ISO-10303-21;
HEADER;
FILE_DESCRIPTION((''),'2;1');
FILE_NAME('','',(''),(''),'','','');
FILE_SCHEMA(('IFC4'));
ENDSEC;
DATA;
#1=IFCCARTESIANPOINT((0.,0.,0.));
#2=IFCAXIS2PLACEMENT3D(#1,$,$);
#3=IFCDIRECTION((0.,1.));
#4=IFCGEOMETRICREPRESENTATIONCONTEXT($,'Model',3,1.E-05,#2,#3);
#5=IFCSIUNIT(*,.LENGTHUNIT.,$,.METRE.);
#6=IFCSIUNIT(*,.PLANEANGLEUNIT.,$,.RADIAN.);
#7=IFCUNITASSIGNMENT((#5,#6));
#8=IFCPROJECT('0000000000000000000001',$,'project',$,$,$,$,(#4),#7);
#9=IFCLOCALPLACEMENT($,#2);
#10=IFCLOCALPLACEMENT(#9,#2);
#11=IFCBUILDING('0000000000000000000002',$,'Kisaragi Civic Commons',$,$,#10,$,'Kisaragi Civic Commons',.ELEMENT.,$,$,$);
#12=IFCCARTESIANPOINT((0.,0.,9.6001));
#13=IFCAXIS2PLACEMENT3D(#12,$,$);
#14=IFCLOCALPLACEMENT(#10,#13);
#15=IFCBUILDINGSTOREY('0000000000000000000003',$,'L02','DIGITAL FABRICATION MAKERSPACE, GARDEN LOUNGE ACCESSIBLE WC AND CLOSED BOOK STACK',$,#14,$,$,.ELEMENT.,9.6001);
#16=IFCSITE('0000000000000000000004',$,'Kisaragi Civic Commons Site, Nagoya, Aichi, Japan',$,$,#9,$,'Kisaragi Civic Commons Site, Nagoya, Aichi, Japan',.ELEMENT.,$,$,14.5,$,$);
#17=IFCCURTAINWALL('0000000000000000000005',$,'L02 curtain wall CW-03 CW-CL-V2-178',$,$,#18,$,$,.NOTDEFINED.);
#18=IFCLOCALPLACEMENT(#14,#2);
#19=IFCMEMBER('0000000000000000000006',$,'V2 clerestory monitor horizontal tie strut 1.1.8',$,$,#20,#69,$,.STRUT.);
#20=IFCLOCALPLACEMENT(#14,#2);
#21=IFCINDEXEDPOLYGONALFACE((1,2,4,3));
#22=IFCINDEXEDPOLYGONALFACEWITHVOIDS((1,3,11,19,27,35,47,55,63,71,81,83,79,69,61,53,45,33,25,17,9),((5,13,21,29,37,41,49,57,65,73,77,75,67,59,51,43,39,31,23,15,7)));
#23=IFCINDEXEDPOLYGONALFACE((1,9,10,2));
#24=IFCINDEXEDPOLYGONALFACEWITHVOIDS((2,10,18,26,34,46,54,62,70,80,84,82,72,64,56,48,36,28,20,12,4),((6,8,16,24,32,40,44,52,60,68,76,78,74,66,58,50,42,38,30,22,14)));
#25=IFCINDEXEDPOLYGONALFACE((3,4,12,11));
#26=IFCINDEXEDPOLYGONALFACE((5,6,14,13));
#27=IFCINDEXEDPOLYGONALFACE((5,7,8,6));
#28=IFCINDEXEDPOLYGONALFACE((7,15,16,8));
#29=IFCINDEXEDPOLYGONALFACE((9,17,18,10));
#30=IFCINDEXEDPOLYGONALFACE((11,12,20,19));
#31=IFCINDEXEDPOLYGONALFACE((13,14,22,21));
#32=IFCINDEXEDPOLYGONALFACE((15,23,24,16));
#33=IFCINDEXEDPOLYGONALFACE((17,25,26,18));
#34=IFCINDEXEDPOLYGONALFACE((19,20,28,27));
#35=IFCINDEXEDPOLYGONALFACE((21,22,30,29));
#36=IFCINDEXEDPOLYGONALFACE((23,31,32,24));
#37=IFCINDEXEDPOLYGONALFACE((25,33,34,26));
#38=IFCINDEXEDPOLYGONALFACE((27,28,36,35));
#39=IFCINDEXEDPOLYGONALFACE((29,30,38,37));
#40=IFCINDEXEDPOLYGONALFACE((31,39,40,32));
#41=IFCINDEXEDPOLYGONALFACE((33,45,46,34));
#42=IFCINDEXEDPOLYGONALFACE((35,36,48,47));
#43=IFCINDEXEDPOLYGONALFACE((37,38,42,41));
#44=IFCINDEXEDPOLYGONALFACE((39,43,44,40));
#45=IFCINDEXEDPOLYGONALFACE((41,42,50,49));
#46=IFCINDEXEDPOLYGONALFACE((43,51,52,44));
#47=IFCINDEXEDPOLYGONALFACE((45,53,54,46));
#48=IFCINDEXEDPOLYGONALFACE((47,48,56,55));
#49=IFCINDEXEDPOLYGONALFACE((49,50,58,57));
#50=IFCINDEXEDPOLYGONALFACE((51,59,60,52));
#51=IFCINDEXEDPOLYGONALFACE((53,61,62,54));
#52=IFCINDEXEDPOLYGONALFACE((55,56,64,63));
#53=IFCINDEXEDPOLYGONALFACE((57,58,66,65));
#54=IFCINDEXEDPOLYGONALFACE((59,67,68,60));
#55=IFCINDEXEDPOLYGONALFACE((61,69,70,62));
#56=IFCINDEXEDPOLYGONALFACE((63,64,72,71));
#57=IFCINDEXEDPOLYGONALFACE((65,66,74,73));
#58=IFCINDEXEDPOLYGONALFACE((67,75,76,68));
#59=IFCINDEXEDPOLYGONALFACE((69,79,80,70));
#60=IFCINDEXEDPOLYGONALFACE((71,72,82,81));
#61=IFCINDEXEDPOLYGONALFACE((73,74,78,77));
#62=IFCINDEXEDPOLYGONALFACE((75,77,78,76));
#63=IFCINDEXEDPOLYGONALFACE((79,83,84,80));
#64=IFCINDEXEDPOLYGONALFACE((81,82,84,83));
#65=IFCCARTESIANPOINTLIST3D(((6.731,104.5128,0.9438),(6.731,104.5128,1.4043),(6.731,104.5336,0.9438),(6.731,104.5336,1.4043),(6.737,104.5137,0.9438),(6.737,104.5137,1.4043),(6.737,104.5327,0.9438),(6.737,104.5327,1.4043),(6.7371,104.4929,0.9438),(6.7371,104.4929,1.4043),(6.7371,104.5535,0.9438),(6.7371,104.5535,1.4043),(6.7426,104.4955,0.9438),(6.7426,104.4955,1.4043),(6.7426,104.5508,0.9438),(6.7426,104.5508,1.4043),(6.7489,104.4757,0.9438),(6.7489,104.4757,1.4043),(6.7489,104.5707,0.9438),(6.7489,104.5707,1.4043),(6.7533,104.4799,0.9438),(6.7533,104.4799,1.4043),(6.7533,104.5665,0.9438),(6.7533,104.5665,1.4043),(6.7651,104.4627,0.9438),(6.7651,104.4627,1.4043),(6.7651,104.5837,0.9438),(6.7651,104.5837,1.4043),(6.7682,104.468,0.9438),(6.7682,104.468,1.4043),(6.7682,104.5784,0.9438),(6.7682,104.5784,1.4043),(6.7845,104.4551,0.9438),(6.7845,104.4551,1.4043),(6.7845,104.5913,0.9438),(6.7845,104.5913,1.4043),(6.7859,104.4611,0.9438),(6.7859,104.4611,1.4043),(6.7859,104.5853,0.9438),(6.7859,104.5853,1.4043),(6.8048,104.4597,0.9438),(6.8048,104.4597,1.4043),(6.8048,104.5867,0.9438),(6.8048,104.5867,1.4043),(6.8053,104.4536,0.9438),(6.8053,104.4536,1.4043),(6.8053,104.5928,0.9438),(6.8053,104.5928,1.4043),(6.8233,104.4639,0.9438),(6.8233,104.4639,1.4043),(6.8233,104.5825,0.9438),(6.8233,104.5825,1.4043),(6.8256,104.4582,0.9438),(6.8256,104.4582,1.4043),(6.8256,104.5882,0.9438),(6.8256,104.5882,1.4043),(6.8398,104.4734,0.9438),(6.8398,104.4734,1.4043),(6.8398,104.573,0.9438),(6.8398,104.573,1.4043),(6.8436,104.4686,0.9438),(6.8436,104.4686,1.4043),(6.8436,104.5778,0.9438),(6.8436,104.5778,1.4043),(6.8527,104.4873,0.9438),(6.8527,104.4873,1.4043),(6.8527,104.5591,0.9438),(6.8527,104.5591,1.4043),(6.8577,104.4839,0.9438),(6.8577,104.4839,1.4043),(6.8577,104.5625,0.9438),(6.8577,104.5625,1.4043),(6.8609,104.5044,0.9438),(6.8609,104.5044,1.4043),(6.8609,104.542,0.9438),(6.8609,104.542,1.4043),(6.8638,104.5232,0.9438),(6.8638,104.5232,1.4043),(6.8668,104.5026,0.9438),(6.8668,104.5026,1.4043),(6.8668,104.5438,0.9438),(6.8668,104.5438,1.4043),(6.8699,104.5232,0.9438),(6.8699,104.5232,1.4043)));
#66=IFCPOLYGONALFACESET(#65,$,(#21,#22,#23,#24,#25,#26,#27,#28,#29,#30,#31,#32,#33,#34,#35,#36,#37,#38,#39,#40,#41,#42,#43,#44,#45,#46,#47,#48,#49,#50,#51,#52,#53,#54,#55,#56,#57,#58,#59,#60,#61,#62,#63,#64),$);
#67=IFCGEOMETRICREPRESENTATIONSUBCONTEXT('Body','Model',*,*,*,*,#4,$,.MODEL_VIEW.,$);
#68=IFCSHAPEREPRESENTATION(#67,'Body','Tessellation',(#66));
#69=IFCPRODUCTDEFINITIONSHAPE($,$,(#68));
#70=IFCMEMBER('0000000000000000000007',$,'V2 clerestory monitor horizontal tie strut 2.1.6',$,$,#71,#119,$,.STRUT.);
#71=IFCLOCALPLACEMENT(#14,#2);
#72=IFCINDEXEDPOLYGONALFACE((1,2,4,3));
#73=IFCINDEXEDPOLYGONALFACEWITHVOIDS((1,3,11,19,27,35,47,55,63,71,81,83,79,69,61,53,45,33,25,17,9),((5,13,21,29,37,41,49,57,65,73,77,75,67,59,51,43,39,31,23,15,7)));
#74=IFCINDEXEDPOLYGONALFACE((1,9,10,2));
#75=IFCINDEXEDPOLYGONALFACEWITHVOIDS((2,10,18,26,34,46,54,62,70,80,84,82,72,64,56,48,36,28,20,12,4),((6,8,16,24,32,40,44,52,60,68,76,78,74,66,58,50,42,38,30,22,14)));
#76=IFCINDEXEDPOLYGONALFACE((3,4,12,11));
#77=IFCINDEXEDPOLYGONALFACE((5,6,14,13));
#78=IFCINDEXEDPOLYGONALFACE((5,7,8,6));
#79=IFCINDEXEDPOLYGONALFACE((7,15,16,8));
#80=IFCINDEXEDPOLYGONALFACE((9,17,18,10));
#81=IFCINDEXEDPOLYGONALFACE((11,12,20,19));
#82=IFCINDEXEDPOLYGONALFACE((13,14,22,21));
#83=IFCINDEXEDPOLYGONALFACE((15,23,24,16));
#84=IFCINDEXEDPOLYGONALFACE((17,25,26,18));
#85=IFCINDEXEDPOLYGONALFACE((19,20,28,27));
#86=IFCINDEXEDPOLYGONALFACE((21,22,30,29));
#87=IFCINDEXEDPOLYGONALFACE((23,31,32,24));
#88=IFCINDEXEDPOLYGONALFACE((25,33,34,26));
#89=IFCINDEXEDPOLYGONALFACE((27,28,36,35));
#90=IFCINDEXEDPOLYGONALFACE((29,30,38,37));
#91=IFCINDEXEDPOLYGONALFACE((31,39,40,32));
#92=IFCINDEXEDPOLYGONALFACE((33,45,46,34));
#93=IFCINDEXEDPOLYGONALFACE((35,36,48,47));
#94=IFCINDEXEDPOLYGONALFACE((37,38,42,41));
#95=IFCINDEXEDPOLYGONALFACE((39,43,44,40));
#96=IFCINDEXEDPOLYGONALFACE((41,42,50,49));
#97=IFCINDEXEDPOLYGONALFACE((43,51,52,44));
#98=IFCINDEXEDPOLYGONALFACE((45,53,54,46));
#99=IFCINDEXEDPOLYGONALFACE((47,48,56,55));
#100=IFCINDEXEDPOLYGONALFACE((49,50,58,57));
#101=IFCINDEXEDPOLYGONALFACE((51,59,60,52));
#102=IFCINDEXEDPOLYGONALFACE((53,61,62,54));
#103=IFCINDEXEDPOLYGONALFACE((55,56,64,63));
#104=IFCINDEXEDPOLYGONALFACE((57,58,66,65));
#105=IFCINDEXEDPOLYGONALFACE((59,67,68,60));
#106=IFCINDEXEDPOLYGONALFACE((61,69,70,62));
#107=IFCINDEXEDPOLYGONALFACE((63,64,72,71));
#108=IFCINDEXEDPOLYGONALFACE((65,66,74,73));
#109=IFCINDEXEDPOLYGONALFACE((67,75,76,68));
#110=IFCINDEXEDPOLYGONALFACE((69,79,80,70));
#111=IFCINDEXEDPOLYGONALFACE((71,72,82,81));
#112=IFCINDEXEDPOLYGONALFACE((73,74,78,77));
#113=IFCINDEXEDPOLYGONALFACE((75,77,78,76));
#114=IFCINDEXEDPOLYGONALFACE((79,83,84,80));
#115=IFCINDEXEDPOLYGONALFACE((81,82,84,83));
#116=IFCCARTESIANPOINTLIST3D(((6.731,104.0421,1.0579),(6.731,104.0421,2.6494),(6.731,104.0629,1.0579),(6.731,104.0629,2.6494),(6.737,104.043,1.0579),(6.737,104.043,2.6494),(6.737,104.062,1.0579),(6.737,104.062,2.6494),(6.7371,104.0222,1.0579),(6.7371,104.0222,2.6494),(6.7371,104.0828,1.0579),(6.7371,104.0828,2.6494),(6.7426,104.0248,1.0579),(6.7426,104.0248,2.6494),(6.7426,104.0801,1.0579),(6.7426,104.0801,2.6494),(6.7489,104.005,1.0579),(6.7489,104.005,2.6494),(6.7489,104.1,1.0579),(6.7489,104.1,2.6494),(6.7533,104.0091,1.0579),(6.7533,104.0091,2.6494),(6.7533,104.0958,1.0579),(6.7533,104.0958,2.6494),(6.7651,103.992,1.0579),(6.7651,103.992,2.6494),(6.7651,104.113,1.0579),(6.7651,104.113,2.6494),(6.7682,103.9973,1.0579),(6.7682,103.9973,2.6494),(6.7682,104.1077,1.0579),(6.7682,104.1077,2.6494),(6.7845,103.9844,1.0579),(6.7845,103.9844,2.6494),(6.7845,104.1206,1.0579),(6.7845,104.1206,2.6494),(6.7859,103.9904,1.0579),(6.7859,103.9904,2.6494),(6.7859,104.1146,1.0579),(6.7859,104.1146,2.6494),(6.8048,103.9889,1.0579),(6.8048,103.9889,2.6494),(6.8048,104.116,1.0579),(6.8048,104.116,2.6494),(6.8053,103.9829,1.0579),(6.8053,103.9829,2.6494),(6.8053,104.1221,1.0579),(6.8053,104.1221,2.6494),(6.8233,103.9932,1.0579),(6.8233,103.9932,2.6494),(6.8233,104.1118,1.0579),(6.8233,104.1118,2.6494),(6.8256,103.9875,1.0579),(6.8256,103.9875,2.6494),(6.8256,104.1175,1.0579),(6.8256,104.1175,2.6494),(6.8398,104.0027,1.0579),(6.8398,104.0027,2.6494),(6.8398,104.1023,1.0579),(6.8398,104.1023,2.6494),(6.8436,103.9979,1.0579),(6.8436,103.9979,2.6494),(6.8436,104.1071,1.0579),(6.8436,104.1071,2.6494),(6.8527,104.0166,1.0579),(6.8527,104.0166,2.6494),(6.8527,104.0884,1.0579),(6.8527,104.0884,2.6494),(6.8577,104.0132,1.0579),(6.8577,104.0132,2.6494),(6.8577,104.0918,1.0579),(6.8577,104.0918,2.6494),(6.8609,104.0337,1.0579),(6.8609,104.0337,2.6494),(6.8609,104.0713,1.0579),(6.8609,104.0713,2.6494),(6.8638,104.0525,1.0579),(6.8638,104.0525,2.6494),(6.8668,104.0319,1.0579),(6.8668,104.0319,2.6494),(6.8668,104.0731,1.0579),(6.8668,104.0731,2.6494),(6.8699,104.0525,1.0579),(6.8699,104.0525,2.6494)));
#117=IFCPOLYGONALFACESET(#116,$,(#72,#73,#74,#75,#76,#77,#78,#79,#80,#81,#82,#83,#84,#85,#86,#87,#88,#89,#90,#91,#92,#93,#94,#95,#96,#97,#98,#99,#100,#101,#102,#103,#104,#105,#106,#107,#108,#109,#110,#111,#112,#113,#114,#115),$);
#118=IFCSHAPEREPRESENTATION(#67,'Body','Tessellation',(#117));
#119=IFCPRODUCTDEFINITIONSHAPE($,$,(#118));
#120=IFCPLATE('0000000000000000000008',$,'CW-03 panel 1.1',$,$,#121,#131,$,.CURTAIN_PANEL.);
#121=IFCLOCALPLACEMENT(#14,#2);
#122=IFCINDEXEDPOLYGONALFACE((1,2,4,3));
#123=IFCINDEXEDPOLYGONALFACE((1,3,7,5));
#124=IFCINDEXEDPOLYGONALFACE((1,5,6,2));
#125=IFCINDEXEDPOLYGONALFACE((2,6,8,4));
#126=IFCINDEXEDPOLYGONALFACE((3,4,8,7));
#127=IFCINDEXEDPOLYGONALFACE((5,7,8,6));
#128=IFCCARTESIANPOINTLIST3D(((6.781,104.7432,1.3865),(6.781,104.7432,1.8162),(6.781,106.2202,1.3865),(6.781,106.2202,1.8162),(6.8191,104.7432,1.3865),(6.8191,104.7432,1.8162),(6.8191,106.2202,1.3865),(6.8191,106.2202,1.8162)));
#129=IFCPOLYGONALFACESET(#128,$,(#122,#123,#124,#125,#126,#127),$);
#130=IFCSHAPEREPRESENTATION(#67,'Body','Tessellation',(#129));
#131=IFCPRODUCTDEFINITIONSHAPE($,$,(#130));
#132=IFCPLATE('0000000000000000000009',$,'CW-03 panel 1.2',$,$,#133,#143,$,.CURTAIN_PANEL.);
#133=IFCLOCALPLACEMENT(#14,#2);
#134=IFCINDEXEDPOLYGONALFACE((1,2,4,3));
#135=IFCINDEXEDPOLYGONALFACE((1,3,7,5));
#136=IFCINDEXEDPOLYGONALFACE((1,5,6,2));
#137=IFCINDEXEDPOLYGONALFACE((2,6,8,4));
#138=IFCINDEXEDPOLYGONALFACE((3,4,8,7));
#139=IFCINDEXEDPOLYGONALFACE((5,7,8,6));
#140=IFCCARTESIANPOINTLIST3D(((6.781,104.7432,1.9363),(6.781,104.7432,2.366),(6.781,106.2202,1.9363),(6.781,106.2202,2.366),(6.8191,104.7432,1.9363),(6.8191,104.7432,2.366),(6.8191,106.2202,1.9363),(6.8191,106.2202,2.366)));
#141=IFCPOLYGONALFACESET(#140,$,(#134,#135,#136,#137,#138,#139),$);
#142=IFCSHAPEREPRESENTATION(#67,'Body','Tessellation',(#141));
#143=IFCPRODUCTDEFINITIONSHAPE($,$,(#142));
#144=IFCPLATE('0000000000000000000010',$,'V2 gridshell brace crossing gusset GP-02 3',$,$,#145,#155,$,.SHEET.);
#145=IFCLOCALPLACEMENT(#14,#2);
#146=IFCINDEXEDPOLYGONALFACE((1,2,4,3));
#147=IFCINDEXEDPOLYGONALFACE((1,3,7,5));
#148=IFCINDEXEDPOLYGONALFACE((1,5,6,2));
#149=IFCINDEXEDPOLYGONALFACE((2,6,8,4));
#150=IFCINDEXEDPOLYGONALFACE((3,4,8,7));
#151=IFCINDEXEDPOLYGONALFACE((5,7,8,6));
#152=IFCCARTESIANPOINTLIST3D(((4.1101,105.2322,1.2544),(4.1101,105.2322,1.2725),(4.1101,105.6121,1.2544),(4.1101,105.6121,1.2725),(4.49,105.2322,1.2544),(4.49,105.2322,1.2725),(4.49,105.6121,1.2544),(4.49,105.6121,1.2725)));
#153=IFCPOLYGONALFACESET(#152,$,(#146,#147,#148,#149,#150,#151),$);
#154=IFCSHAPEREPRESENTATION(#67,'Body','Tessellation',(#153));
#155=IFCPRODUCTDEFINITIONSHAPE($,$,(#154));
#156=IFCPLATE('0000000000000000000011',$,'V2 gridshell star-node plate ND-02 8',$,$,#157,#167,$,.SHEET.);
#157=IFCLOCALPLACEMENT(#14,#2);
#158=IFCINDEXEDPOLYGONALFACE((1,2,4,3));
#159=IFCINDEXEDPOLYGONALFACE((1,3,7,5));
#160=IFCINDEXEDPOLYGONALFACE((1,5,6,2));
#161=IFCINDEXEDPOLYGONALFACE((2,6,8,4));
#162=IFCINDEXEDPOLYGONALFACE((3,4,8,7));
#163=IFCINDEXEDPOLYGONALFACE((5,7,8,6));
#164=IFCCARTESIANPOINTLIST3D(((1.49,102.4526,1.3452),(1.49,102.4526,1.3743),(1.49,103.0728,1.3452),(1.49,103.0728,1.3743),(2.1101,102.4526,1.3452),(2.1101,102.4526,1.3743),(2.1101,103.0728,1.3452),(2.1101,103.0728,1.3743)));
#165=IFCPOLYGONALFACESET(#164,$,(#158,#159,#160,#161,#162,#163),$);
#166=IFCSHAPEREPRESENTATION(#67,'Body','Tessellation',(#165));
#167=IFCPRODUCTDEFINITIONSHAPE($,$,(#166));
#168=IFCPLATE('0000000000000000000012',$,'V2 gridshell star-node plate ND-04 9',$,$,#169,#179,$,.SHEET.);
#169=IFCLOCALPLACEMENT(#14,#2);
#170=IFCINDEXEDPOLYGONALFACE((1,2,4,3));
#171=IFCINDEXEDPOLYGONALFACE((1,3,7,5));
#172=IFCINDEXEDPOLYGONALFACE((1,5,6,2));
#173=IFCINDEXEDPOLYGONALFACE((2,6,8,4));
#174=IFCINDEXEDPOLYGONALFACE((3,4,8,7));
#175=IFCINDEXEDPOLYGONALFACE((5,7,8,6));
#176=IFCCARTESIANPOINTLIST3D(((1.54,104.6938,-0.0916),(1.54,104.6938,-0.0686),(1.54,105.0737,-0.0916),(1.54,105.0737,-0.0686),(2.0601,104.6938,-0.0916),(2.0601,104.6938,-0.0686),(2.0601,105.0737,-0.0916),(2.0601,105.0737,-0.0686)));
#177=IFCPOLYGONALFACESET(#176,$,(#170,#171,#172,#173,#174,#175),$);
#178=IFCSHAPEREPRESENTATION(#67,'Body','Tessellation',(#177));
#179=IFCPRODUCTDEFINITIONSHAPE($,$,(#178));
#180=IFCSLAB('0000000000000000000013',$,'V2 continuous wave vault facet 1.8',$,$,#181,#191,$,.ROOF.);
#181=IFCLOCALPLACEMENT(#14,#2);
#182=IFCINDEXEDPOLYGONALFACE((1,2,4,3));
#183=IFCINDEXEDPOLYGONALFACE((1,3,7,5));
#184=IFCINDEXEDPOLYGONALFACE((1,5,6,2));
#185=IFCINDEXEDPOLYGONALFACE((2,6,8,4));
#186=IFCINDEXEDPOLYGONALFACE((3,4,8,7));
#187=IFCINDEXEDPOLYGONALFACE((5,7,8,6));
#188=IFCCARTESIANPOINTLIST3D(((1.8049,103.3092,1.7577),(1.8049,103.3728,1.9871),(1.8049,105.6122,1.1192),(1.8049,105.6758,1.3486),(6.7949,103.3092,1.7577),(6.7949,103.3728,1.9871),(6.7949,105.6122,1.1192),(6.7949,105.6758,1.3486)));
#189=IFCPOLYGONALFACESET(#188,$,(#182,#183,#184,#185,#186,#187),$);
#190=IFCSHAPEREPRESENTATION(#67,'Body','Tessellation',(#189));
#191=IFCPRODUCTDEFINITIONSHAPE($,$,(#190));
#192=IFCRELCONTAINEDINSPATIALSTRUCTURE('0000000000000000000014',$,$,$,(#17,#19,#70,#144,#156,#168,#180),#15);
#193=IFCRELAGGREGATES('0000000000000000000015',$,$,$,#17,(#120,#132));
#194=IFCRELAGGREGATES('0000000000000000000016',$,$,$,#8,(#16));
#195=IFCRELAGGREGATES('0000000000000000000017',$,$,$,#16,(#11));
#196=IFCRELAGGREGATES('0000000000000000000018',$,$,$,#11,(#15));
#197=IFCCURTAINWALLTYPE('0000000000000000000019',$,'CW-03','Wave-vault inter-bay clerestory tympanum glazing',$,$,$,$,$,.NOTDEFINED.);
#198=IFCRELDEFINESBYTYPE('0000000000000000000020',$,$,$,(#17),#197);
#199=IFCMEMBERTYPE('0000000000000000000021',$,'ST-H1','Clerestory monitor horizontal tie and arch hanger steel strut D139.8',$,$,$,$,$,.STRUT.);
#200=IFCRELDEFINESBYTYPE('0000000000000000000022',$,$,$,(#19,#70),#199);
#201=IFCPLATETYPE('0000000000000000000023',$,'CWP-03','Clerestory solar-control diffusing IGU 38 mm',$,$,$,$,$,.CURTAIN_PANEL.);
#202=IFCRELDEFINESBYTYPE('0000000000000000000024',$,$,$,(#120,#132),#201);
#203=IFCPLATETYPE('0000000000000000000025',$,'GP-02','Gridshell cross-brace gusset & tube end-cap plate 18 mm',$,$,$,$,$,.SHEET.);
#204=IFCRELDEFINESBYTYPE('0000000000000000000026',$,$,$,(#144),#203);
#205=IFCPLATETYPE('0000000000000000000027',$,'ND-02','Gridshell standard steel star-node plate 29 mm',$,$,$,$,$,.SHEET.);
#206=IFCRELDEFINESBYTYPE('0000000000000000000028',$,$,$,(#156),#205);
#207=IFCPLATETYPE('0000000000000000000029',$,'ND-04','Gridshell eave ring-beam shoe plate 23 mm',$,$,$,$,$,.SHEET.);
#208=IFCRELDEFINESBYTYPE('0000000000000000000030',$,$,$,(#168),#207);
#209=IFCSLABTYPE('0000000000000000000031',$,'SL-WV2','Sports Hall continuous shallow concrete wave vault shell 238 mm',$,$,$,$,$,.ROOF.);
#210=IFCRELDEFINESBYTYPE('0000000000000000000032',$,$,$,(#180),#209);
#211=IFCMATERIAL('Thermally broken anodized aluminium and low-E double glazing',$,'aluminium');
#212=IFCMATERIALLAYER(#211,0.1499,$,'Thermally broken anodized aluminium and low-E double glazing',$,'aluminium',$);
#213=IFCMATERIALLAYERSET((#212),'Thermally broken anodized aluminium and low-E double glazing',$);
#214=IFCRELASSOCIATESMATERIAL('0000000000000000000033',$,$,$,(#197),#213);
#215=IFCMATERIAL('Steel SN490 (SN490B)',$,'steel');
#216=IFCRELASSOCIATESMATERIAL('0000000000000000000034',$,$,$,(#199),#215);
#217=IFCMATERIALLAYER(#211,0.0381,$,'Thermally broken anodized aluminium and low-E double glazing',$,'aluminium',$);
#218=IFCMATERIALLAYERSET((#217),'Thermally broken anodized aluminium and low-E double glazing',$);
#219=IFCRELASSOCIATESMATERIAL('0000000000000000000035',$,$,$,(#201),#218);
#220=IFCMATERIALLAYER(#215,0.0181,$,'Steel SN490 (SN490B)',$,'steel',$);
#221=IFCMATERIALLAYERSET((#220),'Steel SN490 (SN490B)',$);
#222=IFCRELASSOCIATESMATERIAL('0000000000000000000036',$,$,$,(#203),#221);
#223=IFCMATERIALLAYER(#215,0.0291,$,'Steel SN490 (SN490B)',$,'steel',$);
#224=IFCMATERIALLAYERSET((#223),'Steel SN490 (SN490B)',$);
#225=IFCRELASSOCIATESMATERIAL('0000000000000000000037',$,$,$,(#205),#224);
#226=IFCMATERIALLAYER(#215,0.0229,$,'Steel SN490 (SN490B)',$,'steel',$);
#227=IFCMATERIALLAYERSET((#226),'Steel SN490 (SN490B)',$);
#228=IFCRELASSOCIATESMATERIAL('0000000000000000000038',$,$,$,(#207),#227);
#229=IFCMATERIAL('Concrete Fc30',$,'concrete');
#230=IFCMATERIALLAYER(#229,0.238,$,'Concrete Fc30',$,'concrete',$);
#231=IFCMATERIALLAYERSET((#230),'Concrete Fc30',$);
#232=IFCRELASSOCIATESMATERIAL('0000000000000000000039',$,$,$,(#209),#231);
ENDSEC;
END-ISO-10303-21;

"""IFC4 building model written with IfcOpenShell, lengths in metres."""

from ifc_helpers import new_model, si_unit, direction, frame, origin, origin_2d, place, context, subcontext, project, spatial, polyline, rectangle, hollow_circle, outline, extrude, material, layer, layer_set, material_profile, profile_set, type_object, element, aggregate, save


model = new_model("IFC4")

# Units and contexts
model_context = context("Model", 3, precision=1e-05, world=origin(), true_north=direction((0.0, 1.0)))
body_context = subcontext(model_context, "Body", "Model", "MODEL_VIEW")
ifc_project = project(units=[si_unit("LENGTHUNIT", "METRE"), si_unit("PLANEANGLEUNIT", "RADIAN")], contexts=[model_context])

# Site, building, storey
site_placement = place(None, origin())
site = spatial("IfcSite", under=ifc_project, at=site_placement, Name="Kisaragi Civic Commons Site, Nagoya, Aichi, Japan", LongName="Kisaragi Civic Commons Site, Nagoya, Aichi, Japan", CompositionType="ELEMENT", RefElevation=14.5)
building_placement = place(site_placement, origin())
building = spatial("IfcBuilding", under=site, at=building_placement, Name="Kisaragi Civic Commons", LongName="Kisaragi Civic Commons", CompositionType="ELEMENT")
storey_placement = place(building_placement, frame((0.0, 0.0, 9.6001)))
storey = spatial("IfcBuildingStorey", under=building, at=storey_placement, Name="L02", Description="DIGITAL FABRICATION MAKERSPACE, GARDEN LOUNGE ACCESSIBLE WC AND CLOSED BOOK STACK", CompositionType="ELEMENT", Elevation=9.6001)

# Curtain wall
ifc_material_1 = material(Name="Thermally broken anodized aluminium and low-E double glazing", Category="aluminium")
ifc_layer_1 = layer(ifc_material_1, 0.1499, Name="Thermally broken anodized aluminium and low-E double glazing", Category="aluminium")
ifc_layer_set_1 = layer_set([ifc_layer_1], Name="Thermally broken anodized aluminium and low-E double glazing")
curtain_wall_type = type_object("IfcCurtainWallType", Name="CW-03", Description="Wave-vault inter-bay clerestory tympanum glazing", PredefinedType="NOTDEFINED", material=ifc_layer_set_1)
curtain_wall_placement = place(storey_placement, origin())
curtain_wall = element("IfcCurtainWall", 1, at=curtain_wall_placement, inside=storey, type_object=curtain_wall_type, Name="L02 curtain wall CW-03 CW-CL-V2-178", PredefinedType="NOTDEFINED")

# Shared definitions
ifc_material_2 = material(Name="Steel SN490 (SN490B)", Category="steel")

# Members
ifc_material_profile_1 = material_profile(ifc_material_2, hollow_circle(Radius=0.0698, WallThickness=0.0061, at=origin_2d()), Name="CHS-139.8x6.0", Category="steel")
ifc_profile_set_1 = profile_set([ifc_material_profile_1], Name="Steel SN490 (SN490B)")
member_type_1 = type_object("IfcMemberType", Name="ST-H1", Description="Clerestory monitor horizontal tie and arch hanger steel strut D139.8", PredefinedType="STRUT", material=ifc_profile_set_1)
member_1_placement = place(storey_placement, frame((6.8, 104.5232, 0.9438), z_axis=(0.0, 0.0, 1.0), x_axis=(1.0, 0.0, 0.0)))
element("IfcMember", 2, at=member_1_placement, inside=storey, type_object=member_type_1, Name="V2 clerestory monitor horizontal tie strut 1.1.8", PredefinedType="STRUT", context=body_context, shape_type="SweptSolid", body=[
    extrude(hollow_circle(Radius=0.0698, WallThickness=0.0061, at=origin_2d()), origin(), (0.0, 0.0, 1.0), 0.4604),
])
member_2_placement = place(storey_placement, frame((6.8, 104.0525, 1.0579), z_axis=(0.0, 0.0, 1.0), x_axis=(1.0, 0.0, 0.0)))
element("IfcMember", 3, at=member_2_placement, inside=storey, type_object=member_type_1, Name="V2 clerestory monitor horizontal tie strut 2.1.6", PredefinedType="STRUT", context=body_context, shape_type="SweptSolid", body=[
    extrude(hollow_circle(Radius=0.0698, WallThickness=0.0061, at=origin_2d()), origin(), (0.0, 0.0, 1.0), 1.5916),
])

# Plates
ifc_layer_2 = layer(ifc_material_1, 0.0381, Name="Thermally broken anodized aluminium and low-E double glazing", Category="aluminium")
ifc_layer_set_2 = layer_set([ifc_layer_2], Name="Thermally broken anodized aluminium and low-E double glazing")
plate_type_1 = type_object("IfcPlateType", Name="CWP-03", Description="Clerestory solar-control diffusing IGU 38 mm", PredefinedType="CURTAIN_PANEL", material=ifc_layer_set_2)
plate_1_placement = place(storey_placement, frame((6.8, 105.4817, 1.3865), z_axis=(0.0, 0.0, 1.0), x_axis=(0.0, 1.0, 0.0)))
plate_1 = element("IfcPlate", 4, at=plate_1_placement, type_object=plate_type_1, Name="CW-03 panel 1.1", PredefinedType="CURTAIN_PANEL", context=body_context, shape_type="SweptSolid", body=[
    extrude(rectangle(XDim=1.4771, YDim=0.0381, at=origin_2d()), origin(), (0.0, 0.0, 1.0), 0.4297),
])
plate_2_placement = place(storey_placement, frame((6.8, 105.4817, 1.9363), z_axis=(0.0, 0.0, 1.0), x_axis=(0.0, 1.0, 0.0)))
plate_2 = element("IfcPlate", 5, at=plate_2_placement, type_object=plate_type_1, Name="CW-03 panel 1.2", PredefinedType="CURTAIN_PANEL", context=body_context, shape_type="SweptSolid", body=[
    extrude(rectangle(XDim=1.4771, YDim=0.0381, at=origin_2d()), origin(), (0.0, 0.0, 1.0), 0.4297),
])
aggregate(curtain_wall, [plate_1, plate_2])

# Plates
ifc_layer_3 = layer(ifc_material_2, 0.0181, Name="Steel SN490 (SN490B)", Category="steel")
ifc_layer_set_3 = layer_set([ifc_layer_3], Name="Steel SN490 (SN490B)")
plate_type_2 = type_object("IfcPlateType", Name="GP-02", Description="Gridshell cross-brace gusset & tube end-cap plate 18 mm", PredefinedType="SHEET", material=ifc_layer_set_3)
plate_3_placement = place(storey_placement, frame((4.3, 105.4221, 1.2544), z_axis=(0.0, 0.0, 1.0), x_axis=(1.0, 0.0, 0.0)))
element("IfcPlate", 6, at=plate_3_placement, inside=storey, type_object=plate_type_2, Name="V2 gridshell brace crossing gusset GP-02 3", PredefinedType="SHEET", context=body_context, shape_type="SweptSolid", body=[
    extrude(rectangle(XDim=0.3799, YDim=0.3799, at=origin_2d()), origin(), (0.0, 0.0, 1.0), 0.0181),
])
ifc_layer_4 = layer(ifc_material_2, 0.0291, Name="Steel SN490 (SN490B)", Category="steel")
ifc_layer_set_4 = layer_set([ifc_layer_4], Name="Steel SN490 (SN490B)")
plate_type_3 = type_object("IfcPlateType", Name="ND-02", Description="Gridshell standard steel star-node plate 29 mm", PredefinedType="SHEET", material=ifc_layer_set_4)
plate_4_placement = place(storey_placement, frame((1.8, 102.7627, 1.3452), z_axis=(0.0, 0.0, 1.0), x_axis=(1.0, 0.0, 0.0)))
element("IfcPlate", 7, at=plate_4_placement, inside=storey, type_object=plate_type_3, Name="V2 gridshell star-node plate ND-02 8", PredefinedType="SHEET", context=body_context, shape_type="SweptSolid", body=[
    extrude(rectangle(XDim=0.6201, YDim=0.6201, at=origin_2d()), origin(), (0.0, 0.0, 1.0), 0.0291),
])
ifc_layer_5 = layer(ifc_material_2, 0.0229, Name="Steel SN490 (SN490B)", Category="steel")
ifc_layer_set_5 = layer_set([ifc_layer_5], Name="Steel SN490 (SN490B)")
plate_type_4 = type_object("IfcPlateType", Name="ND-04", Description="Gridshell eave ring-beam shoe plate 23 mm", PredefinedType="SHEET", material=ifc_layer_set_5)
plate_5_placement = place(storey_placement, frame((1.8, 104.8838, -0.0916), z_axis=(0.0, 0.0, 1.0), x_axis=(1.0, 0.0, 0.0)))
element("IfcPlate", 8, at=plate_5_placement, inside=storey, type_object=plate_type_4, Name="V2 gridshell star-node plate ND-04 9", PredefinedType="SHEET", context=body_context, shape_type="SweptSolid", body=[
    extrude(rectangle(XDim=0.52, YDim=0.3799, at=origin_2d()), origin(), (0.0, 0.0, 1.0), 0.0229),
])

# Slab
ifc_material_3 = material(Name="Concrete Fc30", Category="concrete")
ifc_layer_6 = layer(ifc_material_3, 0.238, Name="Concrete Fc30", Category="concrete")
ifc_layer_set_6 = layer_set([ifc_layer_6], Name="Concrete Fc30")
slab_type = type_object("IfcSlabType", Name="SL-WV2", Description="Sports Hall continuous shallow concrete wave vault shell 238 mm", PredefinedType="ROOF", material=ifc_layer_set_6)
slab_placement = place(storey_placement, frame((1.8049, 103.3728, 1.9871), z_axis=(0.0, 0.267143, 0.963657), x_axis=(1.0, 0.0, 0.0)))
element("IfcSlab", 9, at=slab_placement, inside=storey, type_object=slab_type, Name="V2 continuous wave vault facet 1.8", PredefinedType="ROOF", context=body_context, shape_type="SweptSolid", body=[
    extrude(outline(polyline([(0.0, 0.0), (4.99, 0.0), (4.99, 2.3898), (0.0, 2.3898), (0.0, 0.0)])), origin(), (0.0, 0.0, -1.0), 0.238),
])

save(model, "model.ifc")
